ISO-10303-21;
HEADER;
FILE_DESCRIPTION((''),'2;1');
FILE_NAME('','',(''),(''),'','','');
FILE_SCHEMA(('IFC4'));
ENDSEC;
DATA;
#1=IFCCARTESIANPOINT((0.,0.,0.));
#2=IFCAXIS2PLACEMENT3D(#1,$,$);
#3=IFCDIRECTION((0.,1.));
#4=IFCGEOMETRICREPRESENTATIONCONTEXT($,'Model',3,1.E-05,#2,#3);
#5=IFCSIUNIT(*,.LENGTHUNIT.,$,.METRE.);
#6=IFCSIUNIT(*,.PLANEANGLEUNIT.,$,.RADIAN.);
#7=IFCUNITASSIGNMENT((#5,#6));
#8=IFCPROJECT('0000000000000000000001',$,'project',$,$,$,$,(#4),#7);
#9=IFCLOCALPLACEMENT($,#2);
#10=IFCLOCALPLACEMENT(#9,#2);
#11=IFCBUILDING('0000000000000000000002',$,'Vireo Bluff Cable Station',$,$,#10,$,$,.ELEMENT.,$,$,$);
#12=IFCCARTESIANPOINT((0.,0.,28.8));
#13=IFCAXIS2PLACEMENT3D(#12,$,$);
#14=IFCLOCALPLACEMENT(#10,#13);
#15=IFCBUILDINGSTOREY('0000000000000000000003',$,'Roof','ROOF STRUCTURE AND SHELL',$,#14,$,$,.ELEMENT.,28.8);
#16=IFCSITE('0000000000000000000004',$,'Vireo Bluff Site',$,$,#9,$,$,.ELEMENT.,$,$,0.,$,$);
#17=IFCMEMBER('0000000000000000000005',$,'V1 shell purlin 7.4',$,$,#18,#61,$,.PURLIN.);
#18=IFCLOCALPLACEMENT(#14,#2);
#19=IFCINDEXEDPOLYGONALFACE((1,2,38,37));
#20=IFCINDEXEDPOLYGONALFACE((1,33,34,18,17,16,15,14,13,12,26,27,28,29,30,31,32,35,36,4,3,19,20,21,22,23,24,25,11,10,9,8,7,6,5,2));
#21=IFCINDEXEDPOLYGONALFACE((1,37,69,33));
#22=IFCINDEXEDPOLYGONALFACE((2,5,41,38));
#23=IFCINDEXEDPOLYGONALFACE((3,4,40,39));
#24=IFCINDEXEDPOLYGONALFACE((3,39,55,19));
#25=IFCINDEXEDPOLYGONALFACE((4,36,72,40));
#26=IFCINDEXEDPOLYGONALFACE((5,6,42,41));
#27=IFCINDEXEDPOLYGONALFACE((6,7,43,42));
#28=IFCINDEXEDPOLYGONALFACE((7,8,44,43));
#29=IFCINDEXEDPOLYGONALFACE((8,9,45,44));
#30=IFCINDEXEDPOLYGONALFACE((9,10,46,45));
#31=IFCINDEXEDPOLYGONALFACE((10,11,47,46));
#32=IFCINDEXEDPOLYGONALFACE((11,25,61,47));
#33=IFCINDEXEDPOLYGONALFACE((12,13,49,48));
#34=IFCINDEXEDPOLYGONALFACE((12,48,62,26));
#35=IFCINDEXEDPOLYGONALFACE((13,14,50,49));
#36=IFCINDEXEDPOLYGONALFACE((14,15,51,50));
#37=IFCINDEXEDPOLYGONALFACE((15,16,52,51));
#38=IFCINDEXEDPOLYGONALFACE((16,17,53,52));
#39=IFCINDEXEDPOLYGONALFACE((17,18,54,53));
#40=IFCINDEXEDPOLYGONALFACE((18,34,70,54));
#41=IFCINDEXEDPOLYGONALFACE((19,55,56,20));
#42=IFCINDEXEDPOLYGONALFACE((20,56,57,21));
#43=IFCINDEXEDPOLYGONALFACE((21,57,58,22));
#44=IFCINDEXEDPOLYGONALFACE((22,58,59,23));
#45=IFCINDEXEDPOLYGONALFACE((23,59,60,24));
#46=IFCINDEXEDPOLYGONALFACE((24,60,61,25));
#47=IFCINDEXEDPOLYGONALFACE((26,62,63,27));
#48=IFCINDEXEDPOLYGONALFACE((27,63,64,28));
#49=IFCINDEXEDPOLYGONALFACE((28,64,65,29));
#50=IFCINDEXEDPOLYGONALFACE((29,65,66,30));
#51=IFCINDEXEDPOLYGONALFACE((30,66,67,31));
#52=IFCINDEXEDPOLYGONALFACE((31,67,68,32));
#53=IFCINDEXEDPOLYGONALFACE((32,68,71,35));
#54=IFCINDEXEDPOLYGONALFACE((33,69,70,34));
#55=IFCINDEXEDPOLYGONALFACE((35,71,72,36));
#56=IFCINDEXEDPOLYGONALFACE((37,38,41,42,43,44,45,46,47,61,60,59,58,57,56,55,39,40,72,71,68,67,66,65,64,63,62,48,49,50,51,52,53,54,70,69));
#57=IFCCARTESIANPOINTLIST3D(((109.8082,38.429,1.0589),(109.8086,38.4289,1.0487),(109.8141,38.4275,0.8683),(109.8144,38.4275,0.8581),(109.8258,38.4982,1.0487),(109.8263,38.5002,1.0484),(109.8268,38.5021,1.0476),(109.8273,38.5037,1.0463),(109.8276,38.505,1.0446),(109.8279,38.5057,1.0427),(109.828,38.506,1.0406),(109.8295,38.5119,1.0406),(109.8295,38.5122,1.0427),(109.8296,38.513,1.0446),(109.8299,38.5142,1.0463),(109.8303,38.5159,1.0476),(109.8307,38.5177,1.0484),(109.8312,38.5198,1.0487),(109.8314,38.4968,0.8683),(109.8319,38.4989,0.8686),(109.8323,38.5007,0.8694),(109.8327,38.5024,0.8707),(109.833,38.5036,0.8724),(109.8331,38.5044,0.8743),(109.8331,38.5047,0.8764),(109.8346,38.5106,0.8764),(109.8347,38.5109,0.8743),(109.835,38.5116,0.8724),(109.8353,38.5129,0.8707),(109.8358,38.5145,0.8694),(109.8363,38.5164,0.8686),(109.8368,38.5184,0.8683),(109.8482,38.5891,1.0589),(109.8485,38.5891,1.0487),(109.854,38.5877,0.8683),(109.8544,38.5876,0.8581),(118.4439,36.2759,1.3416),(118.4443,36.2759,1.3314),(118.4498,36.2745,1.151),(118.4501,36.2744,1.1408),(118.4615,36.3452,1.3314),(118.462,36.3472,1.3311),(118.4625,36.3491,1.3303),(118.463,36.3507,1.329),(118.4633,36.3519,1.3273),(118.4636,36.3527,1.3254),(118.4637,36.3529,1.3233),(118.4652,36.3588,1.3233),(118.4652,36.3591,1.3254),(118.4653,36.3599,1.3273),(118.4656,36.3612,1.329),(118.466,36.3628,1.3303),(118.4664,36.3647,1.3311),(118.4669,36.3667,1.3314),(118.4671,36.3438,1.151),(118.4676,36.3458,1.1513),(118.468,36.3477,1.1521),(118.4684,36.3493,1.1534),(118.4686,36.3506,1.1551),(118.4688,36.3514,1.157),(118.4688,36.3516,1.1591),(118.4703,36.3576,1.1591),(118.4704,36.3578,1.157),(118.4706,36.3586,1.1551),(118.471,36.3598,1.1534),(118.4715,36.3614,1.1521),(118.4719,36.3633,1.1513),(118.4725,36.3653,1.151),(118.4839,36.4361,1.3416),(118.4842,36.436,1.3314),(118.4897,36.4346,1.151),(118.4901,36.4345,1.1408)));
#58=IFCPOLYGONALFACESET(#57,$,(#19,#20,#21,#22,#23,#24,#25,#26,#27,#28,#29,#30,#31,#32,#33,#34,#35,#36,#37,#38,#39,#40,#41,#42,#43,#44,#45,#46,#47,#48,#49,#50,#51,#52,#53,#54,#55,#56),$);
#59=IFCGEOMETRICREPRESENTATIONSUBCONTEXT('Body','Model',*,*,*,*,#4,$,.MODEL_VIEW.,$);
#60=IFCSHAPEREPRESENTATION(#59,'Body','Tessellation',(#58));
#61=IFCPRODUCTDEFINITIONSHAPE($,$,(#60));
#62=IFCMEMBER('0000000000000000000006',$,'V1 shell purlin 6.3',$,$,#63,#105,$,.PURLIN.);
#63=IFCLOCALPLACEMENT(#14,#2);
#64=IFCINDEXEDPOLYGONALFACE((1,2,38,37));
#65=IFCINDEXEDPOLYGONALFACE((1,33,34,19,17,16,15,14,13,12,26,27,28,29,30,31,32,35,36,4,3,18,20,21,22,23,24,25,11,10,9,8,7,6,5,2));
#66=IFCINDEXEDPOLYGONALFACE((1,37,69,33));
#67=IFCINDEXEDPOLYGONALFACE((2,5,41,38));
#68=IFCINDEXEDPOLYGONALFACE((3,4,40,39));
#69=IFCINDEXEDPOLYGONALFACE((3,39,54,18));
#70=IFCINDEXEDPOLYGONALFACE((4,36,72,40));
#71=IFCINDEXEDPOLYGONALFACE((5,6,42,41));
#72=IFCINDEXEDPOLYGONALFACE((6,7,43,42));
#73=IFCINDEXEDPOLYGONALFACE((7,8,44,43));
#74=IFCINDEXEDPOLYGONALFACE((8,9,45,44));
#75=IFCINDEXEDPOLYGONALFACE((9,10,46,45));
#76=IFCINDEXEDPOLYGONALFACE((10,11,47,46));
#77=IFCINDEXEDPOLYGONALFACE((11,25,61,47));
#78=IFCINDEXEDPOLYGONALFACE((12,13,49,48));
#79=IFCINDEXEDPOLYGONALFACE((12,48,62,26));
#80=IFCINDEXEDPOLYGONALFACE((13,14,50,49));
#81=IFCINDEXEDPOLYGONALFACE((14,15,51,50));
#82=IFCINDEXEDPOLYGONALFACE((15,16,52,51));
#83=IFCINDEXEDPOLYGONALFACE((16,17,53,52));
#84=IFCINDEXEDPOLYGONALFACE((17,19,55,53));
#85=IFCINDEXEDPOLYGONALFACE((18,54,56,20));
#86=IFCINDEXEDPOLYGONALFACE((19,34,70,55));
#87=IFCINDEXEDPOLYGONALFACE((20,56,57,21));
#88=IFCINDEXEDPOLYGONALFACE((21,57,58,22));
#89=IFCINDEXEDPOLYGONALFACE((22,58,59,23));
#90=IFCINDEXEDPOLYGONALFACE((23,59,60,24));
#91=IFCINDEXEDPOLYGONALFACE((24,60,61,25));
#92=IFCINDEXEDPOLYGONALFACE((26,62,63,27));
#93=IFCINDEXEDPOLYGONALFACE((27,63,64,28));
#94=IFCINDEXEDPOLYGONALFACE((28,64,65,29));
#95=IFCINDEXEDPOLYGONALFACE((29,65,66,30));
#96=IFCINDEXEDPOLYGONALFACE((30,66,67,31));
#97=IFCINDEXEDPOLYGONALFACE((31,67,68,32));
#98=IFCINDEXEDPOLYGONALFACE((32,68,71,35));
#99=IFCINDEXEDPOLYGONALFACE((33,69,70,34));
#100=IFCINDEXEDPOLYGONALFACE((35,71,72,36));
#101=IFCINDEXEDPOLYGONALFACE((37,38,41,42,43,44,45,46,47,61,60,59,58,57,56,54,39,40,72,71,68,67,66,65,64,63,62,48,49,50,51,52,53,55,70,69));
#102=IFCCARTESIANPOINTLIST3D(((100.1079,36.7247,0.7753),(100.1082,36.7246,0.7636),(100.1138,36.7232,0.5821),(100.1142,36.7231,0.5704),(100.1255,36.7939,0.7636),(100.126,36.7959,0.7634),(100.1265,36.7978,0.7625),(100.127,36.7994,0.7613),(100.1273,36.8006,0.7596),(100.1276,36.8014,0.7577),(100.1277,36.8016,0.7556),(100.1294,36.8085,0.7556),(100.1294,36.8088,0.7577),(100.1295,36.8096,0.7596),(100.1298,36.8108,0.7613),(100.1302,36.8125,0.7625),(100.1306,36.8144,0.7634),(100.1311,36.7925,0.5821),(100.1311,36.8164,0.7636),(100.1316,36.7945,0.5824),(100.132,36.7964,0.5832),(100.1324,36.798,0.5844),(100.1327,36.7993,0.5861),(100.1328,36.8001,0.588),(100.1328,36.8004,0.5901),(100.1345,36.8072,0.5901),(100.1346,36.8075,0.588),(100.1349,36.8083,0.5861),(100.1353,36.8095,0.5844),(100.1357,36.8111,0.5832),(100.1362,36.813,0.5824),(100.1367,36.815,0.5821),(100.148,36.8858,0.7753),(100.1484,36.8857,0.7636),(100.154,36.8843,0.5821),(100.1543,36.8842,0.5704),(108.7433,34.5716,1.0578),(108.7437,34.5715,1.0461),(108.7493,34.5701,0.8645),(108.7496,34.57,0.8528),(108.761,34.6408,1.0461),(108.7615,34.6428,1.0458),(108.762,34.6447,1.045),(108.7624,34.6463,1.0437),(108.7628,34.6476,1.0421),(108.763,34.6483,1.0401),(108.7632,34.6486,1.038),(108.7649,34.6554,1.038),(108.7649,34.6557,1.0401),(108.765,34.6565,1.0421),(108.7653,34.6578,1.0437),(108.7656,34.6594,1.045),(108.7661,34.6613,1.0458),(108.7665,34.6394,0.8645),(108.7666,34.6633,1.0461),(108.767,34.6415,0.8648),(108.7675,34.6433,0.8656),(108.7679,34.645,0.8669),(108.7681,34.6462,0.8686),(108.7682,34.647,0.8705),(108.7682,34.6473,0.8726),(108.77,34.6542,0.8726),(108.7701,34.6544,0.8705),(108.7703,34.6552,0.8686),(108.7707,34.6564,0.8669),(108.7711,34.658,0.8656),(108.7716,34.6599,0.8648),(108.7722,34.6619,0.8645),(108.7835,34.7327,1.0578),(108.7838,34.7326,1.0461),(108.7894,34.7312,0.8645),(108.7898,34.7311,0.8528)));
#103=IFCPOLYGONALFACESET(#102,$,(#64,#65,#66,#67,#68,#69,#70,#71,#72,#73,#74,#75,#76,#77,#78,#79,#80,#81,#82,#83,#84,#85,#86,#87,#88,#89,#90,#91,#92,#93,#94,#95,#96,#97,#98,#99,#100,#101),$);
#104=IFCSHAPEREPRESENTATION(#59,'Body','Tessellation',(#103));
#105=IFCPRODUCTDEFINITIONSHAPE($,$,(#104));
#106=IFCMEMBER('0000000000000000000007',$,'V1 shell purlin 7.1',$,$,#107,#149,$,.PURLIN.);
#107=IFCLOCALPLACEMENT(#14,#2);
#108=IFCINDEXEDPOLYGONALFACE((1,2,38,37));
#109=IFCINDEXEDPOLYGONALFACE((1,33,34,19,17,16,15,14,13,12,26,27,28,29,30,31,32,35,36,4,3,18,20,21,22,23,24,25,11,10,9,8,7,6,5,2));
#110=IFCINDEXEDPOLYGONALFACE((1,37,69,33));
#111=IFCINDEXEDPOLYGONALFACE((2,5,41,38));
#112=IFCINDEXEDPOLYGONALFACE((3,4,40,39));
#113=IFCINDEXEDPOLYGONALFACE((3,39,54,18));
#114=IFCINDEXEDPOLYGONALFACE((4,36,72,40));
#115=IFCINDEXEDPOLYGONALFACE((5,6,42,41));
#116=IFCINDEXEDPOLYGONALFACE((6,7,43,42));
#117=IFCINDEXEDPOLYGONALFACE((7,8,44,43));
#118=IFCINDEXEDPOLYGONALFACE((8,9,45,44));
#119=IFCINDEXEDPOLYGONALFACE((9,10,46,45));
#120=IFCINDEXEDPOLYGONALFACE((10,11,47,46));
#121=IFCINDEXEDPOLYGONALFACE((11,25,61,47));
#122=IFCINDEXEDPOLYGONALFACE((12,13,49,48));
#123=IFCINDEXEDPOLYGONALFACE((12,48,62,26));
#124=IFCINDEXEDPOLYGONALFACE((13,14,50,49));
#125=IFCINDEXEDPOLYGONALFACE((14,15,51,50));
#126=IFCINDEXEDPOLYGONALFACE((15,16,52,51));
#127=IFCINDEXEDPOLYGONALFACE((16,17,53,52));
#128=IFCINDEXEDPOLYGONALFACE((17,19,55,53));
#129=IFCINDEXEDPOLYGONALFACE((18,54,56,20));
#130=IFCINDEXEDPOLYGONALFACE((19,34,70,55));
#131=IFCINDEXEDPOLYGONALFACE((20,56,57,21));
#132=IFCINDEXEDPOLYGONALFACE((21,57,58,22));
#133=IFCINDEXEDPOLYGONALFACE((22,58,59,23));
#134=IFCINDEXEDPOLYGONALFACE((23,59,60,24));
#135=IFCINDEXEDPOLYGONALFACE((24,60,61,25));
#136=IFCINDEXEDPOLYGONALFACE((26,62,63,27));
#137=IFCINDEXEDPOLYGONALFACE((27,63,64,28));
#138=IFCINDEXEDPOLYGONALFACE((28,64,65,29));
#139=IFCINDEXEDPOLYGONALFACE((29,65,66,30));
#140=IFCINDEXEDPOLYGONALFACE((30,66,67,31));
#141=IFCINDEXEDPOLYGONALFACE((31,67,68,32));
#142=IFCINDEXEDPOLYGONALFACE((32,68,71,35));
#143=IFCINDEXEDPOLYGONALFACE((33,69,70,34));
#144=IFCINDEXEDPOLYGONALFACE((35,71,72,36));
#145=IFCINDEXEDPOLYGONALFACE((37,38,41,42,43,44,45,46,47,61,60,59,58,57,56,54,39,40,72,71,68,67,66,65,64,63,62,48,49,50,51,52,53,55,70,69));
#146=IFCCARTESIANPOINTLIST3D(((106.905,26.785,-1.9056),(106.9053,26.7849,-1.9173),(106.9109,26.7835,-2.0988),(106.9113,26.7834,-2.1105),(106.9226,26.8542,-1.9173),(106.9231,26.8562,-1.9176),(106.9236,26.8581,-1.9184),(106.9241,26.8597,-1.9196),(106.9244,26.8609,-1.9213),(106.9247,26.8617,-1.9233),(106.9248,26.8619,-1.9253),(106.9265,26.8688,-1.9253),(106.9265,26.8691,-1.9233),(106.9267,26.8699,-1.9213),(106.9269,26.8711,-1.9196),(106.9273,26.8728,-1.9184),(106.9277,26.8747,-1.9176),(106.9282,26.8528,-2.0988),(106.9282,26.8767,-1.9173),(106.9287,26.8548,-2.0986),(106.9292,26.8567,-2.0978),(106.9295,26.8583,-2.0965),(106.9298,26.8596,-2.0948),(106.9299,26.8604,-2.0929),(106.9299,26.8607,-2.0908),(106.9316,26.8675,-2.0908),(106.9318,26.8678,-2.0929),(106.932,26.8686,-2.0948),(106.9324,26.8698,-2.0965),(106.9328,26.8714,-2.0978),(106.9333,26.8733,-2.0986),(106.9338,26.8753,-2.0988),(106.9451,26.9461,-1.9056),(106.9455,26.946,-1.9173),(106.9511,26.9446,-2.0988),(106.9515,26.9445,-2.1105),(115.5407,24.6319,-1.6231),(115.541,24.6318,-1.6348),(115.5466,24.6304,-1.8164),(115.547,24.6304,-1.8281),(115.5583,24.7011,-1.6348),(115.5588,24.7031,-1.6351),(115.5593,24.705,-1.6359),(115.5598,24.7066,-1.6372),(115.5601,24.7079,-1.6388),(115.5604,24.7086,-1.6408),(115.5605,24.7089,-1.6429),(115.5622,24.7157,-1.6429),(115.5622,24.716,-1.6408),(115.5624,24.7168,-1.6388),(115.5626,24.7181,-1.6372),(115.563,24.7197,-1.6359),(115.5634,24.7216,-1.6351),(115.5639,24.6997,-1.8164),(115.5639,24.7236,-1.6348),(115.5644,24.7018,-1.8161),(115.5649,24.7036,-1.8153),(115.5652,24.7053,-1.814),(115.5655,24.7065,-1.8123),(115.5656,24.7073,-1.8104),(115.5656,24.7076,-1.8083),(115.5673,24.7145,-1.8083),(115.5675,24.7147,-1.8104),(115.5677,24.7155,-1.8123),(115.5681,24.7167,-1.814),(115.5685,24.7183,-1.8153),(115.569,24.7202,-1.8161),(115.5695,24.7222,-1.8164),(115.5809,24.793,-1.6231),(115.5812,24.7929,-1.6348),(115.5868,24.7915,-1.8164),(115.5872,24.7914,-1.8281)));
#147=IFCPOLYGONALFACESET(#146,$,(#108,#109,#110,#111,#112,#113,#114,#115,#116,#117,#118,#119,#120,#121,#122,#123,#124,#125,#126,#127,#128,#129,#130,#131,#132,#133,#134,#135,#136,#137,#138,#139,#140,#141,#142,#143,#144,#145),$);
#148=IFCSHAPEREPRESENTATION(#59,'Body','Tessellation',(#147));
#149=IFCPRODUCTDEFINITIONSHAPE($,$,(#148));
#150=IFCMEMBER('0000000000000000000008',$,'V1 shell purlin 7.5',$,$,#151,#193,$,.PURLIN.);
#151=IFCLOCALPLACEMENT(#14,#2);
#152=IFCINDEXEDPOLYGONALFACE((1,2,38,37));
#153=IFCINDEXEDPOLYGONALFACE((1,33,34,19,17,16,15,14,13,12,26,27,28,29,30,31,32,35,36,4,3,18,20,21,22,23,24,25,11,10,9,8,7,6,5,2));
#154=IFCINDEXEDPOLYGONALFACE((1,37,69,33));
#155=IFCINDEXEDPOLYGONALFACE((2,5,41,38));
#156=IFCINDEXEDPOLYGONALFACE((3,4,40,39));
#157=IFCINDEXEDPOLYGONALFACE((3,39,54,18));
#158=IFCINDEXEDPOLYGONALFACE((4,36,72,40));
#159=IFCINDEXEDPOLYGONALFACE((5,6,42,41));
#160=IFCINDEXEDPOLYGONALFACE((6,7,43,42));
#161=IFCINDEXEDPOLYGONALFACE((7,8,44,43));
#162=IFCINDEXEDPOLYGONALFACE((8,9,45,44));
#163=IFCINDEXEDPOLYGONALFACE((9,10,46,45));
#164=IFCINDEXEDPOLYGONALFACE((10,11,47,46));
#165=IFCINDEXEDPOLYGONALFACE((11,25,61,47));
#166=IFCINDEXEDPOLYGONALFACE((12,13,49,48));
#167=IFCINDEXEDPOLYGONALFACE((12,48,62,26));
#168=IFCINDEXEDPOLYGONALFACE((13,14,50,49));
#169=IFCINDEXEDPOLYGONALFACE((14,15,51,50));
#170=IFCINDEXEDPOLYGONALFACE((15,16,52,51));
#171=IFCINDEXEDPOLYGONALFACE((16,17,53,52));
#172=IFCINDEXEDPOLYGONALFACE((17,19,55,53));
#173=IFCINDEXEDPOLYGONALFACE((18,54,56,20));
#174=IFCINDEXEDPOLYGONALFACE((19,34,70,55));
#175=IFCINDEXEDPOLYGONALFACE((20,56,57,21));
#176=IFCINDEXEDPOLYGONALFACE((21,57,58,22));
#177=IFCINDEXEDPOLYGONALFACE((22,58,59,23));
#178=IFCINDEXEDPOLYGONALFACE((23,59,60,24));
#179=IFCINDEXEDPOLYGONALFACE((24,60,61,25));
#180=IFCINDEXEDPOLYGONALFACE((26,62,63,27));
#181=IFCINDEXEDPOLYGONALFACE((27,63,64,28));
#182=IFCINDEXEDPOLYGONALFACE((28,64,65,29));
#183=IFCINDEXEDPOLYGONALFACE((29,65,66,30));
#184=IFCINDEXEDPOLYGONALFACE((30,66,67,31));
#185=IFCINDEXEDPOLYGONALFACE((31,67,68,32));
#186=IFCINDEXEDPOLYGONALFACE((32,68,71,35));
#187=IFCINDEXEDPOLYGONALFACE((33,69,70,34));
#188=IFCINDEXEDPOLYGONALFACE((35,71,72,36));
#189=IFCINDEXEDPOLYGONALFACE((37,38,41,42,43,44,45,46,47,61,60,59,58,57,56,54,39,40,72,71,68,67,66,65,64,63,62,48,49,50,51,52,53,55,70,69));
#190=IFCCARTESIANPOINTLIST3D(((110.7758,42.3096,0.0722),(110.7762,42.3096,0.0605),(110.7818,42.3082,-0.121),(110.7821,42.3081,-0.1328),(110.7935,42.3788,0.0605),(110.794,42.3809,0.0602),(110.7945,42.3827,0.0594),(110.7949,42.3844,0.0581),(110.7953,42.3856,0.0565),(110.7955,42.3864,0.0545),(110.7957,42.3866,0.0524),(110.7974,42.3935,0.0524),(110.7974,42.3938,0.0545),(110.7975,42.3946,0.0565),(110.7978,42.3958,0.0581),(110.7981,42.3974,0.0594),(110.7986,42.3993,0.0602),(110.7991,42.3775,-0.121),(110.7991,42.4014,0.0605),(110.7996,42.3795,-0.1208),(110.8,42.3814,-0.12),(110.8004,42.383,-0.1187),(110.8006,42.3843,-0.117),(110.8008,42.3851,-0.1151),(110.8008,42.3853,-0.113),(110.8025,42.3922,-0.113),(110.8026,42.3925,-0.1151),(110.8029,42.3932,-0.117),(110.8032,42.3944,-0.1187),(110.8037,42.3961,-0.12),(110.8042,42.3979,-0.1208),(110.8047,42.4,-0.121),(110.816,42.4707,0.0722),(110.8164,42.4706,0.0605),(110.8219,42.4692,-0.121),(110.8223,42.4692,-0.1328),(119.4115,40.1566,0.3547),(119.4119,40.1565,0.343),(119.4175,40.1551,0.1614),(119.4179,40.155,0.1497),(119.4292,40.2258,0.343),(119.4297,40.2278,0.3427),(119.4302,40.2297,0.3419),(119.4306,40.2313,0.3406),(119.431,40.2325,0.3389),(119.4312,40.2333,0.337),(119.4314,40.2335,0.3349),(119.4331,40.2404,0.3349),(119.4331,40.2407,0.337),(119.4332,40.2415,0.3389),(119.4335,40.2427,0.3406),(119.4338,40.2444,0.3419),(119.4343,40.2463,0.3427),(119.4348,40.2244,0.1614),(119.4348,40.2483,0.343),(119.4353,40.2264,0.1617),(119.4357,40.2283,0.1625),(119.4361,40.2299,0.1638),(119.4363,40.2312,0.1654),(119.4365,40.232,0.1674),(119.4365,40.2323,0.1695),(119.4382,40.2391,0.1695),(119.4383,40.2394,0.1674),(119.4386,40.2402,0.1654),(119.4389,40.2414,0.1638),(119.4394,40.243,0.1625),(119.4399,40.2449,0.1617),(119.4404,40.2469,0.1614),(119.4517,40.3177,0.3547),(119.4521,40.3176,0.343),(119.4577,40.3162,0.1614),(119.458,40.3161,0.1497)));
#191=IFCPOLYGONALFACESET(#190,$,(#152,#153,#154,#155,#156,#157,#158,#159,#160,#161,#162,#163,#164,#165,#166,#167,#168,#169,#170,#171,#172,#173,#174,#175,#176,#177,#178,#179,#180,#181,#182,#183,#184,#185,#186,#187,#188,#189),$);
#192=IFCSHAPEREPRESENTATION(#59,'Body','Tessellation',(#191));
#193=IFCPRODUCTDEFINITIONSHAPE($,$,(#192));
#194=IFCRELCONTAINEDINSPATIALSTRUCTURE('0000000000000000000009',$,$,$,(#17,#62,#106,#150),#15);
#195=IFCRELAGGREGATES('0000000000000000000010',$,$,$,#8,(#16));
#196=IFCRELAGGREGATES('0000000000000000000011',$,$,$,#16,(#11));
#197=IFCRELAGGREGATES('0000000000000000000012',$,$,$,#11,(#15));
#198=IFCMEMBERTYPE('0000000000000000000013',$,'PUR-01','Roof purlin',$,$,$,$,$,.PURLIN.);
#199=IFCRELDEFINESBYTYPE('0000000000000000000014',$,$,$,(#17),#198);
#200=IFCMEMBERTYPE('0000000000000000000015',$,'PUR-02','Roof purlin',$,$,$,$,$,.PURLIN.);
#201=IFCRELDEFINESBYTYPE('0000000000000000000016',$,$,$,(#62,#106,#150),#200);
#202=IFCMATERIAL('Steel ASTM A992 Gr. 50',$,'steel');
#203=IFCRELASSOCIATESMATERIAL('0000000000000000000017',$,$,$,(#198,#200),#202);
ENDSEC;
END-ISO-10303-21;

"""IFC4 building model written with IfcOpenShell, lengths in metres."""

from ifc_helpers import new_model, si_unit, direction, frame, origin, origin_2d, place, context, subcontext, project, spatial, i_section, extrude, material, material_profile, profile_set, type_object, element, save


model = new_model("IFC4")

# Units and contexts
model_context = context("Model", 3, precision=1e-05, world=origin(), true_north=direction((0.0, 1.0)))
body_context = subcontext(model_context, "Body", "Model", "MODEL_VIEW")
ifc_project = project(units=[si_unit("LENGTHUNIT", "METRE"), si_unit("PLANEANGLEUNIT", "RADIAN")], contexts=[model_context])

# Site, building, storey
site_placement = place(None, origin())
site = spatial("IfcSite", under=ifc_project, at=site_placement, Name="Vireo Bluff Site", CompositionType="ELEMENT", RefElevation=0.0)
building_placement = place(site_placement, origin())
building = spatial("IfcBuilding", under=site, at=building_placement, Name="Vireo Bluff Cable Station", CompositionType="ELEMENT")
storey_placement = place(building_placement, frame((0.0, 0.0, 28.8)))
storey = spatial("IfcBuildingStorey", under=building, at=storey_placement, Name="Roof", Description="ROOF STRUCTURE AND SHELL", CompositionType="ELEMENT", Elevation=28.8)

# Members
ifc_material_1 = material(Name="Steel ASTM A992 Gr. 50", Category="steel")
ifc_material_profile_1 = material_profile(ifc_material_1, i_section(OverallWidth=0.165, OverallDepth=0.2009, WebThickness=0.0061, FlangeThickness=0.0103, FilletRadius=0.0081, at=origin_2d()), Name="W8X24")
ifc_profile_set_1 = profile_set([ifc_material_profile_1], Name="Steel ASTM A992 Gr. 50")
member_type_1 = type_object("IfcMemberType", Name="PUR-01", Description="Roof purlin", PredefinedType="PURLIN", material=ifc_profile_set_1)
member_1_placement = place(storey_placement, frame((109.8313, 38.5083, 0.9585), z_axis=(0.969808, -0.241794, 0.031749), x_axis=(0.241916, 0.970297, 0.0)))
element("IfcMember", 1, at=member_1_placement, inside=storey, type_object=member_type_1, Name="V1 shell purlin 7.4", PredefinedType="PURLIN", context=body_context, shape_type="SweptSolid", body=[
    extrude(i_section(OverallWidth=0.165, OverallDepth=0.2009, WebThickness=0.0061, FlangeThickness=0.0103, FilletRadius=0.0081, at=origin_2d()), origin(), (0.0, 0.0, 1.0), 8.9045),
])
ifc_material_profile_2 = material_profile(ifc_material_1, i_section(OverallWidth=0.166, OverallDepth=0.2051, WebThickness=0.0071, FlangeThickness=0.0117, FilletRadius=0.0081, at=origin_2d()), Name="W8X28")
ifc_profile_set_2 = profile_set([ifc_material_profile_2], Name="Steel ASTM A992 Gr. 50")
member_type_2 = type_object("IfcMemberType", Name="PUR-02", Description="Roof purlin", PredefinedType="PURLIN", material=ifc_profile_set_2)
member_2_placement = place(storey_placement, frame((100.1311, 36.8044, 0.6729), z_axis=(0.969807, -0.241801, 0.031723), x_axis=(0.241922, 0.970296, 0.0)))
element("IfcMember", 2, at=member_2_placement, inside=storey, type_object=member_type_2, Name="V1 shell purlin 6.3", PredefinedType="PURLIN", context=body_context, shape_type="SweptSolid", body=[
    extrude(i_section(OverallWidth=0.166, OverallDepth=0.2051, WebThickness=0.0071, FlangeThickness=0.0117, FilletRadius=0.0081, at=origin_2d()), origin(), (0.0, 0.0, 1.0), 8.9043),
])
for number, where, z_axis, x_axis, name in (
    (3, (106.9282, 26.8647, -2.0081), (0.969809, -0.241794, 0.031722), (0.241916, 0.970297, 0.0), "V1 shell purlin 7.1"),
    (4, (110.7991, 42.3894, -0.0303), (0.969809, -0.241794, 0.031722), (0.241916, 0.970297, 0.0), "V1 shell purlin 7.5"),
):
    element("IfcMember", number, at=place(storey_placement, frame(where, z_axis=z_axis, x_axis=x_axis)), inside=storey, type_object=member_type_2, Name=name, PredefinedType="PURLIN", context=body_context, shape_type="SweptSolid", body=[
        extrude(i_section(OverallWidth=0.166, OverallDepth=0.2051, WebThickness=0.0071, FlangeThickness=0.0117, FilletRadius=0.0081, at=origin_2d()), origin(), (0.0, 0.0, 1.0), 8.9045),
    ])

save(model, "model.ifc")
